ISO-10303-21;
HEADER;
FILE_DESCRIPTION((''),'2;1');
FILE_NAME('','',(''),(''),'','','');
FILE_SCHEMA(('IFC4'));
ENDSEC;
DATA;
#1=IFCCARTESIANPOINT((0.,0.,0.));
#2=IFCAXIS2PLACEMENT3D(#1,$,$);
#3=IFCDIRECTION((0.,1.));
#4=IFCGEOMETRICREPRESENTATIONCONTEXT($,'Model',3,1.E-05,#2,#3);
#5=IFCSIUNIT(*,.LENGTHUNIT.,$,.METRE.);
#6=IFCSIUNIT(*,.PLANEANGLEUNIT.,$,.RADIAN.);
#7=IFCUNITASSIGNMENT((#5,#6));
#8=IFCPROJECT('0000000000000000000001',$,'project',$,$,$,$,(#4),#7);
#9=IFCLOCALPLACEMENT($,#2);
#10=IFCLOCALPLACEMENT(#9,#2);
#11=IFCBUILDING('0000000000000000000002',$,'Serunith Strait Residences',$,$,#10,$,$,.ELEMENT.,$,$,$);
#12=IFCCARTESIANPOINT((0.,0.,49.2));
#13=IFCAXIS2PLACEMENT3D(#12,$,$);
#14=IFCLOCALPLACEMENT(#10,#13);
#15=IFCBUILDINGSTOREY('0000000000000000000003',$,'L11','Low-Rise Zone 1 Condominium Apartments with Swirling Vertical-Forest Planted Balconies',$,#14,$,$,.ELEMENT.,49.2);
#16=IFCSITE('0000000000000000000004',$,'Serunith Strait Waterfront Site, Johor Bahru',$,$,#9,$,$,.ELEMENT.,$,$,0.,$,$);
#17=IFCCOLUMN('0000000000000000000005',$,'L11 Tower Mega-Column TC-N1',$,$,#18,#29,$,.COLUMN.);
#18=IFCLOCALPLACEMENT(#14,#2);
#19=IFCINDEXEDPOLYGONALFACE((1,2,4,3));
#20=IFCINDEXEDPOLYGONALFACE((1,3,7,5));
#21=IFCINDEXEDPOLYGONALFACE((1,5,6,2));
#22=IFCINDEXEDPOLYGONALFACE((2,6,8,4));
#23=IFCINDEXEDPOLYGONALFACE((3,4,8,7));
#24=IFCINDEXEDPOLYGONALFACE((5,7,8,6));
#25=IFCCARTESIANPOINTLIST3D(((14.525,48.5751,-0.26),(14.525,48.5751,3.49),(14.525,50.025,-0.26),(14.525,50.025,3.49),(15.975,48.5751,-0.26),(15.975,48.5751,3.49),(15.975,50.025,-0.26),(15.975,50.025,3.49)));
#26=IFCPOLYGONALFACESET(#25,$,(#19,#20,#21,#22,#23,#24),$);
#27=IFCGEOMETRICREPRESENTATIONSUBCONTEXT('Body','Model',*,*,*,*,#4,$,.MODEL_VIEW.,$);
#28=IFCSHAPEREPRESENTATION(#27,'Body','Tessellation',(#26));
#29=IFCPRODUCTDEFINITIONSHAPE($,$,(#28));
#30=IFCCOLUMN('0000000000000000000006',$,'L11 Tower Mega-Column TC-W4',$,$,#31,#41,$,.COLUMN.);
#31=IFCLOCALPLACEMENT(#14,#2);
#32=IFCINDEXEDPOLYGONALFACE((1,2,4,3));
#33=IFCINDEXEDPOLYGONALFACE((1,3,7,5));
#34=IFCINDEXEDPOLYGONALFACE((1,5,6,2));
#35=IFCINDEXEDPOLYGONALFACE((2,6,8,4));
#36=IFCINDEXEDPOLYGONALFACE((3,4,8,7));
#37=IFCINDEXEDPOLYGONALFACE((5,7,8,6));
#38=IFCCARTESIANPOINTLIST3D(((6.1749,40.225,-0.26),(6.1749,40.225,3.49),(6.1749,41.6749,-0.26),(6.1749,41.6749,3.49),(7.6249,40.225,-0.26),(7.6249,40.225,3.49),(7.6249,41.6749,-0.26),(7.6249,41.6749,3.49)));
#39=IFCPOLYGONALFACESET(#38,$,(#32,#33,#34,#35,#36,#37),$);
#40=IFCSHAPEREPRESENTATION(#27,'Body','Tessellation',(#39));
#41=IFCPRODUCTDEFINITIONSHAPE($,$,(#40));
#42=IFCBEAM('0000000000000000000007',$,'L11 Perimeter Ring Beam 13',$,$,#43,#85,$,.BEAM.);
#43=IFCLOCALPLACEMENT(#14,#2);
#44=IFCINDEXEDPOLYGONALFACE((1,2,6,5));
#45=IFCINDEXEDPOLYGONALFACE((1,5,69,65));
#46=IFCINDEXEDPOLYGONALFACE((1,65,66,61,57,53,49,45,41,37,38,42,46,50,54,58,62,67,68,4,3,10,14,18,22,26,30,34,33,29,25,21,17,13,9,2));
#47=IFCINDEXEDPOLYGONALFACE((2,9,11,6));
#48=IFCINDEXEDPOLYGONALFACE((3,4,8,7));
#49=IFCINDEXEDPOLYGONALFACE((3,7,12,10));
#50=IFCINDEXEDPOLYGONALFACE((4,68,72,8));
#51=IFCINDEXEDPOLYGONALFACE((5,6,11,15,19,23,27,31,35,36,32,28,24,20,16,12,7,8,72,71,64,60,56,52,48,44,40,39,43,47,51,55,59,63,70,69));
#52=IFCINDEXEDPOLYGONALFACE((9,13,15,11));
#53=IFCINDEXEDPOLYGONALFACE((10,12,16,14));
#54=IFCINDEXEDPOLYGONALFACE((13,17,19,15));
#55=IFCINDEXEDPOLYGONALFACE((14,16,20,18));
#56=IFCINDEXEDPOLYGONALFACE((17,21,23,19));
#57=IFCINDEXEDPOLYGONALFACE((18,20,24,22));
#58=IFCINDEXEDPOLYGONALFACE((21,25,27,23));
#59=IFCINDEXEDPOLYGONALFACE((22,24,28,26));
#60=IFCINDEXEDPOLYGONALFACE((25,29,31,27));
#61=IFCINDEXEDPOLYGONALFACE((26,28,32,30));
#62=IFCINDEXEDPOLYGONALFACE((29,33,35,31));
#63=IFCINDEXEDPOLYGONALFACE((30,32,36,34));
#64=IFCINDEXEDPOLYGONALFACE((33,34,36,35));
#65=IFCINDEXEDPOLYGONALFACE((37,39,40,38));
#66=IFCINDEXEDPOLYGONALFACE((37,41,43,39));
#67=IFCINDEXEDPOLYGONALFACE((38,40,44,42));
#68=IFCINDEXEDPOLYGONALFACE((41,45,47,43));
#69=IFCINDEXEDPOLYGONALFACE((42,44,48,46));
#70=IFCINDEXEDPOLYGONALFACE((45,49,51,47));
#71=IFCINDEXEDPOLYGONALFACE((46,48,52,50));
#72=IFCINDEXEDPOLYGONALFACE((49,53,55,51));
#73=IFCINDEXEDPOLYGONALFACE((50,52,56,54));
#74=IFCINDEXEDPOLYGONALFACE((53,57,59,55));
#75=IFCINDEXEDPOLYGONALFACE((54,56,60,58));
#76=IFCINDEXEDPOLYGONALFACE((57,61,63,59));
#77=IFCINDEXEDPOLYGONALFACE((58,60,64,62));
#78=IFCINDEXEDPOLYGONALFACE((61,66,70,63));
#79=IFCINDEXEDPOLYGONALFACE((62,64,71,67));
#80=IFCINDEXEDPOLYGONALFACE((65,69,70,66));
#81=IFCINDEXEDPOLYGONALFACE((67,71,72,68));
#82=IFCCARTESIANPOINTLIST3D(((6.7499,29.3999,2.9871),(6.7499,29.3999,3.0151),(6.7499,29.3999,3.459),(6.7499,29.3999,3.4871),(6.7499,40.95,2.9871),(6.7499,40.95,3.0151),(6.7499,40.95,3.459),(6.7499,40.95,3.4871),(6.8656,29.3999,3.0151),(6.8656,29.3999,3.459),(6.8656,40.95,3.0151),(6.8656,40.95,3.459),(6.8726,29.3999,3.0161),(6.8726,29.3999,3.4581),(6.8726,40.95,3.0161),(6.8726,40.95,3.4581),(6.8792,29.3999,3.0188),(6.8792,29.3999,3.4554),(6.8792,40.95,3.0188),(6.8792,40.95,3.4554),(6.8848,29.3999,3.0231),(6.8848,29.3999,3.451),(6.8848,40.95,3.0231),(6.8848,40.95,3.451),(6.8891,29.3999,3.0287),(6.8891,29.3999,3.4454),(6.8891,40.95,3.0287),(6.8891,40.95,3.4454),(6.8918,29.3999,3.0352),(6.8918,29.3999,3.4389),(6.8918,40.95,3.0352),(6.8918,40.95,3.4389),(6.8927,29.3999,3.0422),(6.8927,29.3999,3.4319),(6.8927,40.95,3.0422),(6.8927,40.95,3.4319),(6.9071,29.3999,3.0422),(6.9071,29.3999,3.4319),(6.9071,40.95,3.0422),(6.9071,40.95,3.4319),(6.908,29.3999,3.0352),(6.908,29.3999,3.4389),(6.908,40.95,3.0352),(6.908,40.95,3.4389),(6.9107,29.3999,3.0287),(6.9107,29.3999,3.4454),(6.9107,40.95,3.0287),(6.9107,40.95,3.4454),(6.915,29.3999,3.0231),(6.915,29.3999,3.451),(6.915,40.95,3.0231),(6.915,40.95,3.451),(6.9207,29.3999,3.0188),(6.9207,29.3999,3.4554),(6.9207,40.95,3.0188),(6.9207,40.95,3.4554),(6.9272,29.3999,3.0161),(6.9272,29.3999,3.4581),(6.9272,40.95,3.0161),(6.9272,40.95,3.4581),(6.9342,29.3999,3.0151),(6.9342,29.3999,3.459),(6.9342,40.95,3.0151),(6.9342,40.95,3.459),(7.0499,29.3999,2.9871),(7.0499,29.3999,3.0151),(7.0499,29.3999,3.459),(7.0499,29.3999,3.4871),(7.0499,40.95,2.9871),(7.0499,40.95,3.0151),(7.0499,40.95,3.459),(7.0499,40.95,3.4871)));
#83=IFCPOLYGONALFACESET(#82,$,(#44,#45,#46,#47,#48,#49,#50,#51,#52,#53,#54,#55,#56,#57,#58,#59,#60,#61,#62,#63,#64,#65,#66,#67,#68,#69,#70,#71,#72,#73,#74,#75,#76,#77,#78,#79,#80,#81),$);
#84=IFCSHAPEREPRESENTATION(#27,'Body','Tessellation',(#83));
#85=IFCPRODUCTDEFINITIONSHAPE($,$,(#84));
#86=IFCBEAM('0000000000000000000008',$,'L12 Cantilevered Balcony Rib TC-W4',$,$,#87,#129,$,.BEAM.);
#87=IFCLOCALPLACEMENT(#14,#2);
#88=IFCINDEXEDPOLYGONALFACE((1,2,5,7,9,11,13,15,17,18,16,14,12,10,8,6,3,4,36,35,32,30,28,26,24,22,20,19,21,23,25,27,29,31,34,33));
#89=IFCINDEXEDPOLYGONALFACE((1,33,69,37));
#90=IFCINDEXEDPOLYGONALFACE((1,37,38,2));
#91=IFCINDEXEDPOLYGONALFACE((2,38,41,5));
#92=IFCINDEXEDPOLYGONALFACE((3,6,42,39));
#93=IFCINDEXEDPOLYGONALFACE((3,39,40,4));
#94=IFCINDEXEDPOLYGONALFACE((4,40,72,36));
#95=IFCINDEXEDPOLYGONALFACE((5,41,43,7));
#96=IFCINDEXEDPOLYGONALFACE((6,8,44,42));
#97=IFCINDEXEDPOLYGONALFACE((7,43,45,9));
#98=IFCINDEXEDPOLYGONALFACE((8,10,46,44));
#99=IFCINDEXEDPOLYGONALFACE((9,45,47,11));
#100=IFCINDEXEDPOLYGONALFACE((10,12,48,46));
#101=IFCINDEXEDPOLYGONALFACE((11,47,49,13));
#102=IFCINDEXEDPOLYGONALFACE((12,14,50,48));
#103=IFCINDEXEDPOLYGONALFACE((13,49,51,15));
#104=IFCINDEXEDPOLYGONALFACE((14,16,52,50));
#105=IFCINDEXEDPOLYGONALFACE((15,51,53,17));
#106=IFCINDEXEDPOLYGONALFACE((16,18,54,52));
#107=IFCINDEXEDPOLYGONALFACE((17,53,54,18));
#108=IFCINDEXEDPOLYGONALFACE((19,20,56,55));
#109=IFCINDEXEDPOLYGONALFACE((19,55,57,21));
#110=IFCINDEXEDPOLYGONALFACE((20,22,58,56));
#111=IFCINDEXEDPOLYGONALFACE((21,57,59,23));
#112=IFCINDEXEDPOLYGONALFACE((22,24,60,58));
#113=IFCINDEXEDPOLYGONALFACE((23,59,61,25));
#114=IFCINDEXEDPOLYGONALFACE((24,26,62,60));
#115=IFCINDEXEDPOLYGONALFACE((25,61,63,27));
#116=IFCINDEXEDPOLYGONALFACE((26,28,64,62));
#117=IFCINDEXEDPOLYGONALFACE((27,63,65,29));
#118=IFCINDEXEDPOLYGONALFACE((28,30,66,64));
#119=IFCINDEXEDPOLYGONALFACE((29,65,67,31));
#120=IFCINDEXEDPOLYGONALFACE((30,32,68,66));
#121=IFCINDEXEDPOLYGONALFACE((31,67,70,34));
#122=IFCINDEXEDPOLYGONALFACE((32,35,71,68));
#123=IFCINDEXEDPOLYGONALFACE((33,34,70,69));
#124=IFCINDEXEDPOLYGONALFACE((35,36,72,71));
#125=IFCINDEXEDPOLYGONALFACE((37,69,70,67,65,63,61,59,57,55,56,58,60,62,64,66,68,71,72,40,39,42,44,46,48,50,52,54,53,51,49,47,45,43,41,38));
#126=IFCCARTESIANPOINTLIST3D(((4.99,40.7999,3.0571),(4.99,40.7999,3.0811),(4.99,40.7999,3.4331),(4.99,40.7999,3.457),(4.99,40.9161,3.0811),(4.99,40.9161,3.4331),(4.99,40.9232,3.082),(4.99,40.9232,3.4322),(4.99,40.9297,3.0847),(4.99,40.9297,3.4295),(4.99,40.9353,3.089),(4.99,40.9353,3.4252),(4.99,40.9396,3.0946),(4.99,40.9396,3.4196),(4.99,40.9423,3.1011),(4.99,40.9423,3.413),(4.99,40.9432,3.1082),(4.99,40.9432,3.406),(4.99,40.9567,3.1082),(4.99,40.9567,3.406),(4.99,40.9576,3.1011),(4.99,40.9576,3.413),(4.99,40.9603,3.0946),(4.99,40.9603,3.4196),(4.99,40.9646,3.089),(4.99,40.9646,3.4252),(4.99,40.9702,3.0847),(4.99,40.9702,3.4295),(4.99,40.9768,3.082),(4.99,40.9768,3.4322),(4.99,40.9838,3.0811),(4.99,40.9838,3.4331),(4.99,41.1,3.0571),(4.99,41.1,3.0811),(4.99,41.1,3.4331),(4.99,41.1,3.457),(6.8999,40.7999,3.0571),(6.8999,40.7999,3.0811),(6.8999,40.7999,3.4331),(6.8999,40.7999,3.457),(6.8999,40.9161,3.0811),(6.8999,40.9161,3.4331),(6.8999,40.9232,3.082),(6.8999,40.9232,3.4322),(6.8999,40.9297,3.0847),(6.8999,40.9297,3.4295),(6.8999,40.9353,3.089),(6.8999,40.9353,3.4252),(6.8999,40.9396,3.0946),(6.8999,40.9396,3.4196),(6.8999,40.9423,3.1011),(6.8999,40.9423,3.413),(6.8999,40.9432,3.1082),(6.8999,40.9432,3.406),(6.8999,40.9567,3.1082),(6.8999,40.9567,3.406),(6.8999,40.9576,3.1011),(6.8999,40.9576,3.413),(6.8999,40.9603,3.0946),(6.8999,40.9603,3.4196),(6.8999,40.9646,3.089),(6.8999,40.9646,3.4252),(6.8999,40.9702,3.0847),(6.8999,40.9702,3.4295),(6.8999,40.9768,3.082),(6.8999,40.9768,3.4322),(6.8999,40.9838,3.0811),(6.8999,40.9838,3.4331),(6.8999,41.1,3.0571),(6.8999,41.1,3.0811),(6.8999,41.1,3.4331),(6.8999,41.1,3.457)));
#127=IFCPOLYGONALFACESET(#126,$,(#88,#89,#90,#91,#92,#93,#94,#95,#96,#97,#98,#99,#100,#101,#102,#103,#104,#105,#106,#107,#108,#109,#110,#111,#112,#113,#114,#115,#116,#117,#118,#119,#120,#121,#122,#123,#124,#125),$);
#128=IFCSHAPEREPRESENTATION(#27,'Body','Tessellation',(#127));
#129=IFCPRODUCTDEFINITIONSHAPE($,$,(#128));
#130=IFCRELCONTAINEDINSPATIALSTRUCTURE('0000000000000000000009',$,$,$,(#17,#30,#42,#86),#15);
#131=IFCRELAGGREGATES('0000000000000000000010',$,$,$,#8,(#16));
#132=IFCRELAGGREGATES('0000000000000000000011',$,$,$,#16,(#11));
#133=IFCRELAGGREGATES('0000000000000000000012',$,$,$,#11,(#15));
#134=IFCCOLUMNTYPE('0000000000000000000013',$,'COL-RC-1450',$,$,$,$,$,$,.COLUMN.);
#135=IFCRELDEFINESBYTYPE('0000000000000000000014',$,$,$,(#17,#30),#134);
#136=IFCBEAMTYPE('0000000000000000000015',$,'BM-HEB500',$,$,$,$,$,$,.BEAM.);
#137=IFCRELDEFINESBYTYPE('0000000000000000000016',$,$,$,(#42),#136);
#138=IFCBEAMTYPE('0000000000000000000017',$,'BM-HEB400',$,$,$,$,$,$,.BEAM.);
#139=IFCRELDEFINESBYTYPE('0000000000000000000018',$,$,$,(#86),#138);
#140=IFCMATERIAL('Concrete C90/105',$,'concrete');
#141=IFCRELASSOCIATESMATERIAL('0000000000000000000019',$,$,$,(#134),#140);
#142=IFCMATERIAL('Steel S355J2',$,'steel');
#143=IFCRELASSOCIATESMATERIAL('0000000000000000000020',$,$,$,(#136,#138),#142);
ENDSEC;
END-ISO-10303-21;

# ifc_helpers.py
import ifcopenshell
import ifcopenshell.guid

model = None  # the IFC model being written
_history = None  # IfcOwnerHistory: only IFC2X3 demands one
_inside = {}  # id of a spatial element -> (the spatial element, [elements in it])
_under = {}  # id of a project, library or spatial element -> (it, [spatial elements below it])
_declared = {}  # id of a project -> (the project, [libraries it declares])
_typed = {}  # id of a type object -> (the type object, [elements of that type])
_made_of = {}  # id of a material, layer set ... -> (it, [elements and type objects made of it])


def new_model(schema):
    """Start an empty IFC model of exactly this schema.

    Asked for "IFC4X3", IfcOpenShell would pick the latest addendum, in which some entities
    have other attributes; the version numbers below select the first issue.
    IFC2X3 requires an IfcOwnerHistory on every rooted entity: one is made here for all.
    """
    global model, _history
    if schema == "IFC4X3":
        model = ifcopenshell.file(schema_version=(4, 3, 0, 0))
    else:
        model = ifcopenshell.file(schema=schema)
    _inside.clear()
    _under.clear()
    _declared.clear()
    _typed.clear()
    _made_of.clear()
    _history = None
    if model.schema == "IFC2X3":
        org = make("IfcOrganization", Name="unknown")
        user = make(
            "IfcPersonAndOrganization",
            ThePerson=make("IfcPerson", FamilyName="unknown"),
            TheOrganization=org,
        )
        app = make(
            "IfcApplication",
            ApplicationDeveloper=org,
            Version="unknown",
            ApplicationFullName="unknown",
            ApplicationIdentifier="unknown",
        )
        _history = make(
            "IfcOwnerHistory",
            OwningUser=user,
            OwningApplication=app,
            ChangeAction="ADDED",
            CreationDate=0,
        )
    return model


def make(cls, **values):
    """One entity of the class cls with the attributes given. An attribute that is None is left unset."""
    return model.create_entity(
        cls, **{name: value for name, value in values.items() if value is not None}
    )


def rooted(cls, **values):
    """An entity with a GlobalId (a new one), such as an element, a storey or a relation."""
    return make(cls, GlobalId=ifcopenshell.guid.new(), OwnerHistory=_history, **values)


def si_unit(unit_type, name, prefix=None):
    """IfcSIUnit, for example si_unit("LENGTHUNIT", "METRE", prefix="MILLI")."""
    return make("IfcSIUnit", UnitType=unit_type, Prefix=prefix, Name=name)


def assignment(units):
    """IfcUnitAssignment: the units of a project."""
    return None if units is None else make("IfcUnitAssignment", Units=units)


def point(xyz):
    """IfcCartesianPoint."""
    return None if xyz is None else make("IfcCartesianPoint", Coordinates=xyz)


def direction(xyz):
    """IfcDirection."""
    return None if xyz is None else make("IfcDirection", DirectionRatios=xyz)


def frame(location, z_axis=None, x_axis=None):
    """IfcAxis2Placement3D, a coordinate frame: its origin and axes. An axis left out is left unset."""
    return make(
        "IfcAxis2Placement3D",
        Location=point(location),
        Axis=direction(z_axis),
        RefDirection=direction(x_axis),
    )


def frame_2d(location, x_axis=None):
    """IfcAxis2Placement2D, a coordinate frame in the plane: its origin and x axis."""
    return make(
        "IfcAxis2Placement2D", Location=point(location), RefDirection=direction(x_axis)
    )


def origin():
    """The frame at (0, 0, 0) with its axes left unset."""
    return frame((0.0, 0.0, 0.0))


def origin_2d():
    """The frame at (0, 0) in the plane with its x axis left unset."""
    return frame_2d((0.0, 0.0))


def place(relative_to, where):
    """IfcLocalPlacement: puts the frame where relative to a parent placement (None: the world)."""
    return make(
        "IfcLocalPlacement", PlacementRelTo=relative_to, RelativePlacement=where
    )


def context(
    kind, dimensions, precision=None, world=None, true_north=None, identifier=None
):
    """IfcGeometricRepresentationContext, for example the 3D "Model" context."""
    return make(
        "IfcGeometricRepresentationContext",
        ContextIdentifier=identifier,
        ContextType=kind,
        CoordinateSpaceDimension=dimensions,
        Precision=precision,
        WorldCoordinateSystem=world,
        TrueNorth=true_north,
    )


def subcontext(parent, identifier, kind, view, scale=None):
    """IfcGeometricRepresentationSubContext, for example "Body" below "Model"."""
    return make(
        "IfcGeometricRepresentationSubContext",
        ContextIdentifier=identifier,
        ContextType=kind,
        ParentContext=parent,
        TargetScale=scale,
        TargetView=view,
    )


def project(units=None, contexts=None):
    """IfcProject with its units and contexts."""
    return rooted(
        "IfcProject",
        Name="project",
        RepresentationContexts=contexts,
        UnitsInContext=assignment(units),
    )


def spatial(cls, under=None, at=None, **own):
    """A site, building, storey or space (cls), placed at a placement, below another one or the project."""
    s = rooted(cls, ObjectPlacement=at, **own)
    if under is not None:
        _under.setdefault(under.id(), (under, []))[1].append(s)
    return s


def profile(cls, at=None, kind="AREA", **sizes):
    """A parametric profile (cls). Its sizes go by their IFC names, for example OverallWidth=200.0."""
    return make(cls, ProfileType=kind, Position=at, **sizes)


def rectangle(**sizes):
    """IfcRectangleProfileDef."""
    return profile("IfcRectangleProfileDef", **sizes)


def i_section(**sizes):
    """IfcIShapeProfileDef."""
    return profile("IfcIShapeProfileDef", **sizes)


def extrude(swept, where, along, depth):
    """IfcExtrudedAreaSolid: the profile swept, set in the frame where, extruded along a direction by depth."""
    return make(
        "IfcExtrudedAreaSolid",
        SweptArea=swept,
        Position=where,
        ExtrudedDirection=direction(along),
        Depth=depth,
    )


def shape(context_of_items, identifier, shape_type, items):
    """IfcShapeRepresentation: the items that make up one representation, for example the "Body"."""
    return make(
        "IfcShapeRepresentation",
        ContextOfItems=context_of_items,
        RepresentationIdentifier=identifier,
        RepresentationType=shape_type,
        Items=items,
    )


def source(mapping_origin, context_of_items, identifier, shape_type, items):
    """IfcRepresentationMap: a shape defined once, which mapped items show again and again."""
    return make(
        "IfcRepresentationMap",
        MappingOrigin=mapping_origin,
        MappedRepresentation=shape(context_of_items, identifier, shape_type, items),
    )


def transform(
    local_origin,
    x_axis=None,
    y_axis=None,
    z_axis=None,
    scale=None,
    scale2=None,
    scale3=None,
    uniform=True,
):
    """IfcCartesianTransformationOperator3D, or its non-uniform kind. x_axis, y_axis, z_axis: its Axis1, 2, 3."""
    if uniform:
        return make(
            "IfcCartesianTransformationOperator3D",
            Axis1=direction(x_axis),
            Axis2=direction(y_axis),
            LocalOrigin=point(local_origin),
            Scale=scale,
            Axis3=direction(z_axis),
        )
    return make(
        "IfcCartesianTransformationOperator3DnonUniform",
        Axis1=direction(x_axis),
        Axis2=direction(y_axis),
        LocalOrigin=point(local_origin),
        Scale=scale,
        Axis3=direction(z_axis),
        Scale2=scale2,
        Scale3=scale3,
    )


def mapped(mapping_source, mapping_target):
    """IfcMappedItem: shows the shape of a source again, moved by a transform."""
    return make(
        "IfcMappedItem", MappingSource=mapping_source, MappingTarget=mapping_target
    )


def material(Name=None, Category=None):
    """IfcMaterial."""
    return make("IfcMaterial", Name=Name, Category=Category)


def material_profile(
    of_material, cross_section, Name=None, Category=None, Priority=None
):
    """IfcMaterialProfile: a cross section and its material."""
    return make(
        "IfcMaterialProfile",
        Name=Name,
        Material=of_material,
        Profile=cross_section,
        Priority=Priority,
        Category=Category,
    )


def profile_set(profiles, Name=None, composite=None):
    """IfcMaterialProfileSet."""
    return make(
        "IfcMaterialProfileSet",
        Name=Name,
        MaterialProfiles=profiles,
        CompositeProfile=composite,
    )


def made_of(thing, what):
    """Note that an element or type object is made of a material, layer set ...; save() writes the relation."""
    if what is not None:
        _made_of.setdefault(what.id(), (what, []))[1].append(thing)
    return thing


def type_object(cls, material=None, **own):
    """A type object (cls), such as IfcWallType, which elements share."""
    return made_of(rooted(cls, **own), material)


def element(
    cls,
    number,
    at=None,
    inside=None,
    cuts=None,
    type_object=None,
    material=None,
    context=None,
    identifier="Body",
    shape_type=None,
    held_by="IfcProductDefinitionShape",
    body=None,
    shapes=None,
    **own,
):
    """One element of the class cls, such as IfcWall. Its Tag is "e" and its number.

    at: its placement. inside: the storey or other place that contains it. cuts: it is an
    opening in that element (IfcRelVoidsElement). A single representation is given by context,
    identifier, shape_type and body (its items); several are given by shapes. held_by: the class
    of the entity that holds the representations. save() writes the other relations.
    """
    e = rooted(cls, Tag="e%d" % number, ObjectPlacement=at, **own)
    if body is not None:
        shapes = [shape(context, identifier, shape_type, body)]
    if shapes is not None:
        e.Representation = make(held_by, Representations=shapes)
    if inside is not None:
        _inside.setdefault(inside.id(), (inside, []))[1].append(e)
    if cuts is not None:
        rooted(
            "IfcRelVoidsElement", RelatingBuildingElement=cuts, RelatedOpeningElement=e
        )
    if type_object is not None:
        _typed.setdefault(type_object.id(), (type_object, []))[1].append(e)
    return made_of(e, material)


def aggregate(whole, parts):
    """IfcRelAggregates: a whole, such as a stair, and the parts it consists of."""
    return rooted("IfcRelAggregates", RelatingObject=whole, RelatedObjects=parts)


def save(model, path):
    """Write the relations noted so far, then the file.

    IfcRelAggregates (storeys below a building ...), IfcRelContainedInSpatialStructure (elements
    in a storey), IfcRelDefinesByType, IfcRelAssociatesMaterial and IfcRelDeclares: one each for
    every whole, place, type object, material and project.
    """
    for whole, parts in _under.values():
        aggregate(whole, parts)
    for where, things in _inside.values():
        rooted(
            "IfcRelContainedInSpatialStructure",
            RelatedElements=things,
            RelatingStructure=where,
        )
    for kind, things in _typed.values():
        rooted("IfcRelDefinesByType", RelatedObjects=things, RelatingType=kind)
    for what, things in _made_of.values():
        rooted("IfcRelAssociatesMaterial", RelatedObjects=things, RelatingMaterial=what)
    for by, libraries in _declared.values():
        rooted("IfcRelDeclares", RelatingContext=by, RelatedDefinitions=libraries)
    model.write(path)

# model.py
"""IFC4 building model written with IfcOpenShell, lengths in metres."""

from ifc_helpers import new_model, si_unit, direction, frame, origin, origin_2d, place, context, subcontext, project, spatial, rectangle, i_section, extrude, source, transform, mapped, material, material_profile, profile_set, type_object, element, save


model = new_model("IFC4")

# Units and contexts
model_context = context("Model", 3, precision=1e-05, world=origin(), true_north=direction((0.0, 1.0)))
body_context = subcontext(model_context, "Body", "Model", "MODEL_VIEW")
ifc_project = project(units=[si_unit("LENGTHUNIT", "METRE"), si_unit("PLANEANGLEUNIT", "RADIAN")], contexts=[model_context])

# Site, building, storey
site_placement = place(None, origin())
site = spatial("IfcSite", under=ifc_project, at=site_placement, Name="Serunith Strait Waterfront Site, Johor Bahru", CompositionType="ELEMENT", RefElevation=0.0)
building_placement = place(site_placement, origin())
building = spatial("IfcBuilding", under=site, at=building_placement, Name="Serunith Strait Residences", CompositionType="ELEMENT")
storey_placement = place(building_placement, frame((0.0, 0.0, 49.2)))
storey = spatial("IfcBuildingStorey", under=building, at=storey_placement, Name="L11", Description="Low-Rise Zone 1 Condominium Apartments with Swirling Vertical-Forest Planted Balconies", CompositionType="ELEMENT", Elevation=49.2)

# Columns
ifc_material_1 = material(Name="Concrete C90/105", Category="concrete")
ifc_material_profile_1 = material_profile(ifc_material_1, rectangle(XDim=1.45, YDim=1.45, at=origin_2d()), Name="RC 1450x1450")
ifc_profile_set_1 = profile_set([ifc_material_profile_1], Name="Concrete C90/105")
column_type = type_object("IfcColumnType", Name="COL-RC-1450", PredefinedType="COLUMN", material=ifc_profile_set_1)
shared_shape_1 = source(origin(), body_context, "Body", "SweptSolid", [
    extrude(rectangle(XDim=1.45, YDim=1.45, at=origin_2d()), origin(), (0.0, 0.0, 1.0), 3.75),
])
for number, where, z_axis, x_axis, name in (
    (1, (15.25, 49.3, -0.26), (0.0, 0.0, 1.0), (1.0, 0.0, 0.0), "L11 Tower Mega-Column TC-N1"),
    (2, (6.8999, 40.95, -0.26), (0.0, 0.0, 1.0), (1.0, 0.0, 0.0), "L11 Tower Mega-Column TC-W4"),
):
    element("IfcColumn", number, at=place(storey_placement, frame(where, z_axis=z_axis, x_axis=x_axis)), inside=storey, type_object=column_type, Name=name, PredefinedType="COLUMN", context=body_context, shape_type="MappedRepresentation", body=[
        mapped(shared_shape_1, transform((0.0, 0.0, 0.0), scale=1.0)),
    ])

# Beams
ifc_material_2 = material(Name="Steel S355J2", Category="steel")
ifc_material_profile_2 = material_profile(ifc_material_2, i_section(OverallWidth=0.3, OverallDepth=0.5, WebThickness=0.0144, FlangeThickness=0.0281, FilletRadius=0.0271, at=origin_2d()), Name="HEB 500")
ifc_profile_set_2 = profile_set([ifc_material_profile_2], Name="Steel S355J2")
beam_type_1 = type_object("IfcBeamType", Name="BM-HEB500", PredefinedType="BEAM", material=ifc_profile_set_2)
shared_shape_2 = source(origin(), body_context, "Body", "SweptSolid", [
    extrude(i_section(OverallWidth=0.3, OverallDepth=0.5, WebThickness=0.0144, FlangeThickness=0.0281, FilletRadius=0.0271, at=origin_2d()), origin(), (0.0, 0.0, 1.0), 11.55),
])
beam_1_placement = place(storey_placement, frame((6.8999, 40.95, 3.2371), z_axis=(0.0, -1.0, 0.0), x_axis=(1.0, 0.0, 0.0)))
element("IfcBeam", 3, at=beam_1_placement, inside=storey, type_object=beam_type_1, Name="L11 Perimeter Ring Beam 13", PredefinedType="BEAM", context=body_context, shape_type="MappedRepresentation", body=[
    mapped(shared_shape_2, transform((0.0, 0.0, 0.0), scale=1.0)),
])
ifc_material_profile_3 = material_profile(ifc_material_2, i_section(OverallWidth=0.3, OverallDepth=0.3999, WebThickness=0.0134, FlangeThickness=0.0239, FilletRadius=0.0271, at=origin_2d()), Name="HEB 400")
ifc_profile_set_3 = profile_set([ifc_material_profile_3], Name="Steel S355J2")
beam_type_2 = type_object("IfcBeamType", Name="BM-HEB400", PredefinedType="BEAM", material=ifc_profile_set_3)
shared_shape_3 = source(origin(), body_context, "Body", "SweptSolid", [
    extrude(i_section(OverallWidth=0.3, OverallDepth=0.3999, WebThickness=0.0134, FlangeThickness=0.0239, FilletRadius=0.0271, at=origin_2d()), origin(), (0.0, 0.0, 1.0), 1.9099),
])
beam_2_placement = place(storey_placement, frame((6.8999, 40.95, 3.2571), z_axis=(-1.0, 0.0, 0.0), x_axis=(0.0, -1.0, 0.0)))
element("IfcBeam", 4, at=beam_2_placement, inside=storey, type_object=beam_type_2, Name="L12 Cantilevered Balcony Rib TC-W4", PredefinedType="BEAM", context=body_context, shape_type="MappedRepresentation", body=[
    mapped(shared_shape_3, transform((0.0, 0.0, 0.0), scale=1.0)),
])

save(model, "model.ifc")
